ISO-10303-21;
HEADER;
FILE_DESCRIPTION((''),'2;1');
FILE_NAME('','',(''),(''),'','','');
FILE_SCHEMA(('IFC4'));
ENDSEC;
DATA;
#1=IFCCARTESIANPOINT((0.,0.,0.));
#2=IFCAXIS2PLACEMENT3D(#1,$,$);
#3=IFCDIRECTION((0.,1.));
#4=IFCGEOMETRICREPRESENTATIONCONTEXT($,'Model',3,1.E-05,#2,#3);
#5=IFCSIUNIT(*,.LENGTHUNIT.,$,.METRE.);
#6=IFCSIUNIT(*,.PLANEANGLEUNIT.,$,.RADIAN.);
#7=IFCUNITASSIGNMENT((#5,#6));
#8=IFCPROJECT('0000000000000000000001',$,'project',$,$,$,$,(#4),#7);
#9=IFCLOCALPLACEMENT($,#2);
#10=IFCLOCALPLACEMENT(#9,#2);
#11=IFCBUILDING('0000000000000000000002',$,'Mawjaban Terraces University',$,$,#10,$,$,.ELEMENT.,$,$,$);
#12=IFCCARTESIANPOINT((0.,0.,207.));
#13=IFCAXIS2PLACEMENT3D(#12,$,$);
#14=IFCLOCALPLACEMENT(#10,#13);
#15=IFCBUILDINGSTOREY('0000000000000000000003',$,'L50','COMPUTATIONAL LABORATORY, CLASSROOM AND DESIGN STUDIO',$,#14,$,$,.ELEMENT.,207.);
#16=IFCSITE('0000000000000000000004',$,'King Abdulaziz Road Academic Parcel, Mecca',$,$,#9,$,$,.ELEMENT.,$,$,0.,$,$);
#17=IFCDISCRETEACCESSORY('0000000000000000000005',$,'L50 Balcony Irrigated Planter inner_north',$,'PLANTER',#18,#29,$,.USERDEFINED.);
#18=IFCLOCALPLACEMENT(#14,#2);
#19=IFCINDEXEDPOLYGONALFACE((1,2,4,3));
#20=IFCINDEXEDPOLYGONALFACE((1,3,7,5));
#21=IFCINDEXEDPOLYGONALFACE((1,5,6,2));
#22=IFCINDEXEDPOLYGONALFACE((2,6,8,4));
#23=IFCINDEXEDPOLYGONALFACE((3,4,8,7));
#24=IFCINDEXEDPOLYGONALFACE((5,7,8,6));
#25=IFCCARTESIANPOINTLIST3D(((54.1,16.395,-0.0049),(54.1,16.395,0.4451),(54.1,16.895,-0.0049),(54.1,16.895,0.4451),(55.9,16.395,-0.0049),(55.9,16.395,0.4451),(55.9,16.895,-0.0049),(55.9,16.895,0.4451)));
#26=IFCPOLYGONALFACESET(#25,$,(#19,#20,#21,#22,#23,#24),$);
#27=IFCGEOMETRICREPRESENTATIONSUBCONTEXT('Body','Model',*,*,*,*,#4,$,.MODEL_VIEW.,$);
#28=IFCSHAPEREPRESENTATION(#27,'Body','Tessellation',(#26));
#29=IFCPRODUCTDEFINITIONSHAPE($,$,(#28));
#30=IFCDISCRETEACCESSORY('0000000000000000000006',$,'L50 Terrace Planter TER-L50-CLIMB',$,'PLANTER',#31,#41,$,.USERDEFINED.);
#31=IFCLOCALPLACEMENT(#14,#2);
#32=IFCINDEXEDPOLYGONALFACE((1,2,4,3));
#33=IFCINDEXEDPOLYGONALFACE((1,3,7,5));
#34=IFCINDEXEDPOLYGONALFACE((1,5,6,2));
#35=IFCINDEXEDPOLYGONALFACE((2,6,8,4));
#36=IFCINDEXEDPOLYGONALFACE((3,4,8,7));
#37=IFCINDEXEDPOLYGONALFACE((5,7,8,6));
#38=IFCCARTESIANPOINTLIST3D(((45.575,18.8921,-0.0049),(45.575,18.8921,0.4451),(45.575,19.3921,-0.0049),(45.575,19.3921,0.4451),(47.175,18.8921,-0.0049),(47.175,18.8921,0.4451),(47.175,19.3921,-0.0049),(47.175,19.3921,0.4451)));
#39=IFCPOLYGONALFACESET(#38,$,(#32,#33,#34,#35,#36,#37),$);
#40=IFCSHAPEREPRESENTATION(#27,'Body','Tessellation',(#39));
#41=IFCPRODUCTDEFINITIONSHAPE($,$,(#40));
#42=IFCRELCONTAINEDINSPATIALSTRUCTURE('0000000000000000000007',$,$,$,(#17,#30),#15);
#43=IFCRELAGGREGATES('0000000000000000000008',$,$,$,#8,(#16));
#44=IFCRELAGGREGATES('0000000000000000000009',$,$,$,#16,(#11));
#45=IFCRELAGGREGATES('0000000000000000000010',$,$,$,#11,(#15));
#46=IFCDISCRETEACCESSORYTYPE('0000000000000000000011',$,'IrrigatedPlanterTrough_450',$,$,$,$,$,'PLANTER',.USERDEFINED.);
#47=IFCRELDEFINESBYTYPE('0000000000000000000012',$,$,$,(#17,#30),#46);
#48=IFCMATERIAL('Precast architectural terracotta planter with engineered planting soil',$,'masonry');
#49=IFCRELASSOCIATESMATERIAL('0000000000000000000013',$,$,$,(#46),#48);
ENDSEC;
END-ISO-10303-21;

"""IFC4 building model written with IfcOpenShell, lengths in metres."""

from ifc_helpers import new_model, si_unit, direction, frame, origin, origin_2d, place, context, subcontext, project, spatial, rectangle, extrude, material, type_object, element, save


model = new_model("IFC4")

# Units and contexts
model_context = context("Model", 3, precision=1e-05, world=origin(), true_north=direction((0.0, 1.0)))
body_context = subcontext(model_context, "Body", "Model", "MODEL_VIEW")
ifc_project = project(units=[si_unit("LENGTHUNIT", "METRE"), si_unit("PLANEANGLEUNIT", "RADIAN")], contexts=[model_context])

# Site, building, storey
site_placement = place(None, origin())
site = spatial("IfcSite", under=ifc_project, at=site_placement, Name="King Abdulaziz Road Academic Parcel, Mecca", CompositionType="ELEMENT", RefElevation=0.0)
building_placement = place(site_placement, origin())
building = spatial("IfcBuilding", under=site, at=building_placement, Name="Mawjaban Terraces University", CompositionType="ELEMENT")
storey_placement = place(building_placement, frame((0.0, 0.0, 207.0)))
storey = spatial("IfcBuildingStorey", under=building, at=storey_placement, Name="L50", Description="COMPUTATIONAL LABORATORY, CLASSROOM AND DESIGN STUDIO", CompositionType="ELEMENT", Elevation=207.0)

# Discrete accessories
ifc_material_1 = material(Name="Precast architectural terracotta planter with engineered planting soil", Category="masonry")
discrete_accessory_type_1 = type_object("IfcDiscreteAccessoryType", Name="IrrigatedPlanterTrough_450", ElementType="PLANTER", PredefinedType="USERDEFINED", material=ifc_material_1)
discrete_accessory_1_placement = place(storey_placement, frame((55.0, 16.645, -0.0049), z_axis=(0.0, 0.0, 1.0), x_axis=(1.0, 0.0, 0.0)))
element("IfcDiscreteAccessory", 1, at=discrete_accessory_1_placement, inside=storey, type_object=discrete_accessory_type_1, Name="L50 Balcony Irrigated Planter inner_north", ObjectType="PLANTER", PredefinedType="USERDEFINED", context=body_context, shape_type="SweptSolid", body=[
    extrude(rectangle(XDim=1.8, YDim=0.5, at=origin_2d()), origin(), (0.0, 0.0, 1.0), 0.45),
])
discrete_accessory_2_placement = place(storey_placement, frame((46.375, 19.1421, -0.0049), z_axis=(0.0, 0.0, 1.0), x_axis=(1.0, 0.0, 0.0)))
element("IfcDiscreteAccessory", 2, at=discrete_accessory_2_placement, inside=storey, type_object=discrete_accessory_type_1, Name="L50 Terrace Planter TER-L50-CLIMB", ObjectType="PLANTER", PredefinedType="USERDEFINED", context=body_context, shape_type="SweptSolid", body=[
    extrude(rectangle(XDim=1.6001, YDim=0.5, at=origin_2d()), origin(), (0.0, 0.0, 1.0), 0.45),
])

save(model, "model.ifc")
